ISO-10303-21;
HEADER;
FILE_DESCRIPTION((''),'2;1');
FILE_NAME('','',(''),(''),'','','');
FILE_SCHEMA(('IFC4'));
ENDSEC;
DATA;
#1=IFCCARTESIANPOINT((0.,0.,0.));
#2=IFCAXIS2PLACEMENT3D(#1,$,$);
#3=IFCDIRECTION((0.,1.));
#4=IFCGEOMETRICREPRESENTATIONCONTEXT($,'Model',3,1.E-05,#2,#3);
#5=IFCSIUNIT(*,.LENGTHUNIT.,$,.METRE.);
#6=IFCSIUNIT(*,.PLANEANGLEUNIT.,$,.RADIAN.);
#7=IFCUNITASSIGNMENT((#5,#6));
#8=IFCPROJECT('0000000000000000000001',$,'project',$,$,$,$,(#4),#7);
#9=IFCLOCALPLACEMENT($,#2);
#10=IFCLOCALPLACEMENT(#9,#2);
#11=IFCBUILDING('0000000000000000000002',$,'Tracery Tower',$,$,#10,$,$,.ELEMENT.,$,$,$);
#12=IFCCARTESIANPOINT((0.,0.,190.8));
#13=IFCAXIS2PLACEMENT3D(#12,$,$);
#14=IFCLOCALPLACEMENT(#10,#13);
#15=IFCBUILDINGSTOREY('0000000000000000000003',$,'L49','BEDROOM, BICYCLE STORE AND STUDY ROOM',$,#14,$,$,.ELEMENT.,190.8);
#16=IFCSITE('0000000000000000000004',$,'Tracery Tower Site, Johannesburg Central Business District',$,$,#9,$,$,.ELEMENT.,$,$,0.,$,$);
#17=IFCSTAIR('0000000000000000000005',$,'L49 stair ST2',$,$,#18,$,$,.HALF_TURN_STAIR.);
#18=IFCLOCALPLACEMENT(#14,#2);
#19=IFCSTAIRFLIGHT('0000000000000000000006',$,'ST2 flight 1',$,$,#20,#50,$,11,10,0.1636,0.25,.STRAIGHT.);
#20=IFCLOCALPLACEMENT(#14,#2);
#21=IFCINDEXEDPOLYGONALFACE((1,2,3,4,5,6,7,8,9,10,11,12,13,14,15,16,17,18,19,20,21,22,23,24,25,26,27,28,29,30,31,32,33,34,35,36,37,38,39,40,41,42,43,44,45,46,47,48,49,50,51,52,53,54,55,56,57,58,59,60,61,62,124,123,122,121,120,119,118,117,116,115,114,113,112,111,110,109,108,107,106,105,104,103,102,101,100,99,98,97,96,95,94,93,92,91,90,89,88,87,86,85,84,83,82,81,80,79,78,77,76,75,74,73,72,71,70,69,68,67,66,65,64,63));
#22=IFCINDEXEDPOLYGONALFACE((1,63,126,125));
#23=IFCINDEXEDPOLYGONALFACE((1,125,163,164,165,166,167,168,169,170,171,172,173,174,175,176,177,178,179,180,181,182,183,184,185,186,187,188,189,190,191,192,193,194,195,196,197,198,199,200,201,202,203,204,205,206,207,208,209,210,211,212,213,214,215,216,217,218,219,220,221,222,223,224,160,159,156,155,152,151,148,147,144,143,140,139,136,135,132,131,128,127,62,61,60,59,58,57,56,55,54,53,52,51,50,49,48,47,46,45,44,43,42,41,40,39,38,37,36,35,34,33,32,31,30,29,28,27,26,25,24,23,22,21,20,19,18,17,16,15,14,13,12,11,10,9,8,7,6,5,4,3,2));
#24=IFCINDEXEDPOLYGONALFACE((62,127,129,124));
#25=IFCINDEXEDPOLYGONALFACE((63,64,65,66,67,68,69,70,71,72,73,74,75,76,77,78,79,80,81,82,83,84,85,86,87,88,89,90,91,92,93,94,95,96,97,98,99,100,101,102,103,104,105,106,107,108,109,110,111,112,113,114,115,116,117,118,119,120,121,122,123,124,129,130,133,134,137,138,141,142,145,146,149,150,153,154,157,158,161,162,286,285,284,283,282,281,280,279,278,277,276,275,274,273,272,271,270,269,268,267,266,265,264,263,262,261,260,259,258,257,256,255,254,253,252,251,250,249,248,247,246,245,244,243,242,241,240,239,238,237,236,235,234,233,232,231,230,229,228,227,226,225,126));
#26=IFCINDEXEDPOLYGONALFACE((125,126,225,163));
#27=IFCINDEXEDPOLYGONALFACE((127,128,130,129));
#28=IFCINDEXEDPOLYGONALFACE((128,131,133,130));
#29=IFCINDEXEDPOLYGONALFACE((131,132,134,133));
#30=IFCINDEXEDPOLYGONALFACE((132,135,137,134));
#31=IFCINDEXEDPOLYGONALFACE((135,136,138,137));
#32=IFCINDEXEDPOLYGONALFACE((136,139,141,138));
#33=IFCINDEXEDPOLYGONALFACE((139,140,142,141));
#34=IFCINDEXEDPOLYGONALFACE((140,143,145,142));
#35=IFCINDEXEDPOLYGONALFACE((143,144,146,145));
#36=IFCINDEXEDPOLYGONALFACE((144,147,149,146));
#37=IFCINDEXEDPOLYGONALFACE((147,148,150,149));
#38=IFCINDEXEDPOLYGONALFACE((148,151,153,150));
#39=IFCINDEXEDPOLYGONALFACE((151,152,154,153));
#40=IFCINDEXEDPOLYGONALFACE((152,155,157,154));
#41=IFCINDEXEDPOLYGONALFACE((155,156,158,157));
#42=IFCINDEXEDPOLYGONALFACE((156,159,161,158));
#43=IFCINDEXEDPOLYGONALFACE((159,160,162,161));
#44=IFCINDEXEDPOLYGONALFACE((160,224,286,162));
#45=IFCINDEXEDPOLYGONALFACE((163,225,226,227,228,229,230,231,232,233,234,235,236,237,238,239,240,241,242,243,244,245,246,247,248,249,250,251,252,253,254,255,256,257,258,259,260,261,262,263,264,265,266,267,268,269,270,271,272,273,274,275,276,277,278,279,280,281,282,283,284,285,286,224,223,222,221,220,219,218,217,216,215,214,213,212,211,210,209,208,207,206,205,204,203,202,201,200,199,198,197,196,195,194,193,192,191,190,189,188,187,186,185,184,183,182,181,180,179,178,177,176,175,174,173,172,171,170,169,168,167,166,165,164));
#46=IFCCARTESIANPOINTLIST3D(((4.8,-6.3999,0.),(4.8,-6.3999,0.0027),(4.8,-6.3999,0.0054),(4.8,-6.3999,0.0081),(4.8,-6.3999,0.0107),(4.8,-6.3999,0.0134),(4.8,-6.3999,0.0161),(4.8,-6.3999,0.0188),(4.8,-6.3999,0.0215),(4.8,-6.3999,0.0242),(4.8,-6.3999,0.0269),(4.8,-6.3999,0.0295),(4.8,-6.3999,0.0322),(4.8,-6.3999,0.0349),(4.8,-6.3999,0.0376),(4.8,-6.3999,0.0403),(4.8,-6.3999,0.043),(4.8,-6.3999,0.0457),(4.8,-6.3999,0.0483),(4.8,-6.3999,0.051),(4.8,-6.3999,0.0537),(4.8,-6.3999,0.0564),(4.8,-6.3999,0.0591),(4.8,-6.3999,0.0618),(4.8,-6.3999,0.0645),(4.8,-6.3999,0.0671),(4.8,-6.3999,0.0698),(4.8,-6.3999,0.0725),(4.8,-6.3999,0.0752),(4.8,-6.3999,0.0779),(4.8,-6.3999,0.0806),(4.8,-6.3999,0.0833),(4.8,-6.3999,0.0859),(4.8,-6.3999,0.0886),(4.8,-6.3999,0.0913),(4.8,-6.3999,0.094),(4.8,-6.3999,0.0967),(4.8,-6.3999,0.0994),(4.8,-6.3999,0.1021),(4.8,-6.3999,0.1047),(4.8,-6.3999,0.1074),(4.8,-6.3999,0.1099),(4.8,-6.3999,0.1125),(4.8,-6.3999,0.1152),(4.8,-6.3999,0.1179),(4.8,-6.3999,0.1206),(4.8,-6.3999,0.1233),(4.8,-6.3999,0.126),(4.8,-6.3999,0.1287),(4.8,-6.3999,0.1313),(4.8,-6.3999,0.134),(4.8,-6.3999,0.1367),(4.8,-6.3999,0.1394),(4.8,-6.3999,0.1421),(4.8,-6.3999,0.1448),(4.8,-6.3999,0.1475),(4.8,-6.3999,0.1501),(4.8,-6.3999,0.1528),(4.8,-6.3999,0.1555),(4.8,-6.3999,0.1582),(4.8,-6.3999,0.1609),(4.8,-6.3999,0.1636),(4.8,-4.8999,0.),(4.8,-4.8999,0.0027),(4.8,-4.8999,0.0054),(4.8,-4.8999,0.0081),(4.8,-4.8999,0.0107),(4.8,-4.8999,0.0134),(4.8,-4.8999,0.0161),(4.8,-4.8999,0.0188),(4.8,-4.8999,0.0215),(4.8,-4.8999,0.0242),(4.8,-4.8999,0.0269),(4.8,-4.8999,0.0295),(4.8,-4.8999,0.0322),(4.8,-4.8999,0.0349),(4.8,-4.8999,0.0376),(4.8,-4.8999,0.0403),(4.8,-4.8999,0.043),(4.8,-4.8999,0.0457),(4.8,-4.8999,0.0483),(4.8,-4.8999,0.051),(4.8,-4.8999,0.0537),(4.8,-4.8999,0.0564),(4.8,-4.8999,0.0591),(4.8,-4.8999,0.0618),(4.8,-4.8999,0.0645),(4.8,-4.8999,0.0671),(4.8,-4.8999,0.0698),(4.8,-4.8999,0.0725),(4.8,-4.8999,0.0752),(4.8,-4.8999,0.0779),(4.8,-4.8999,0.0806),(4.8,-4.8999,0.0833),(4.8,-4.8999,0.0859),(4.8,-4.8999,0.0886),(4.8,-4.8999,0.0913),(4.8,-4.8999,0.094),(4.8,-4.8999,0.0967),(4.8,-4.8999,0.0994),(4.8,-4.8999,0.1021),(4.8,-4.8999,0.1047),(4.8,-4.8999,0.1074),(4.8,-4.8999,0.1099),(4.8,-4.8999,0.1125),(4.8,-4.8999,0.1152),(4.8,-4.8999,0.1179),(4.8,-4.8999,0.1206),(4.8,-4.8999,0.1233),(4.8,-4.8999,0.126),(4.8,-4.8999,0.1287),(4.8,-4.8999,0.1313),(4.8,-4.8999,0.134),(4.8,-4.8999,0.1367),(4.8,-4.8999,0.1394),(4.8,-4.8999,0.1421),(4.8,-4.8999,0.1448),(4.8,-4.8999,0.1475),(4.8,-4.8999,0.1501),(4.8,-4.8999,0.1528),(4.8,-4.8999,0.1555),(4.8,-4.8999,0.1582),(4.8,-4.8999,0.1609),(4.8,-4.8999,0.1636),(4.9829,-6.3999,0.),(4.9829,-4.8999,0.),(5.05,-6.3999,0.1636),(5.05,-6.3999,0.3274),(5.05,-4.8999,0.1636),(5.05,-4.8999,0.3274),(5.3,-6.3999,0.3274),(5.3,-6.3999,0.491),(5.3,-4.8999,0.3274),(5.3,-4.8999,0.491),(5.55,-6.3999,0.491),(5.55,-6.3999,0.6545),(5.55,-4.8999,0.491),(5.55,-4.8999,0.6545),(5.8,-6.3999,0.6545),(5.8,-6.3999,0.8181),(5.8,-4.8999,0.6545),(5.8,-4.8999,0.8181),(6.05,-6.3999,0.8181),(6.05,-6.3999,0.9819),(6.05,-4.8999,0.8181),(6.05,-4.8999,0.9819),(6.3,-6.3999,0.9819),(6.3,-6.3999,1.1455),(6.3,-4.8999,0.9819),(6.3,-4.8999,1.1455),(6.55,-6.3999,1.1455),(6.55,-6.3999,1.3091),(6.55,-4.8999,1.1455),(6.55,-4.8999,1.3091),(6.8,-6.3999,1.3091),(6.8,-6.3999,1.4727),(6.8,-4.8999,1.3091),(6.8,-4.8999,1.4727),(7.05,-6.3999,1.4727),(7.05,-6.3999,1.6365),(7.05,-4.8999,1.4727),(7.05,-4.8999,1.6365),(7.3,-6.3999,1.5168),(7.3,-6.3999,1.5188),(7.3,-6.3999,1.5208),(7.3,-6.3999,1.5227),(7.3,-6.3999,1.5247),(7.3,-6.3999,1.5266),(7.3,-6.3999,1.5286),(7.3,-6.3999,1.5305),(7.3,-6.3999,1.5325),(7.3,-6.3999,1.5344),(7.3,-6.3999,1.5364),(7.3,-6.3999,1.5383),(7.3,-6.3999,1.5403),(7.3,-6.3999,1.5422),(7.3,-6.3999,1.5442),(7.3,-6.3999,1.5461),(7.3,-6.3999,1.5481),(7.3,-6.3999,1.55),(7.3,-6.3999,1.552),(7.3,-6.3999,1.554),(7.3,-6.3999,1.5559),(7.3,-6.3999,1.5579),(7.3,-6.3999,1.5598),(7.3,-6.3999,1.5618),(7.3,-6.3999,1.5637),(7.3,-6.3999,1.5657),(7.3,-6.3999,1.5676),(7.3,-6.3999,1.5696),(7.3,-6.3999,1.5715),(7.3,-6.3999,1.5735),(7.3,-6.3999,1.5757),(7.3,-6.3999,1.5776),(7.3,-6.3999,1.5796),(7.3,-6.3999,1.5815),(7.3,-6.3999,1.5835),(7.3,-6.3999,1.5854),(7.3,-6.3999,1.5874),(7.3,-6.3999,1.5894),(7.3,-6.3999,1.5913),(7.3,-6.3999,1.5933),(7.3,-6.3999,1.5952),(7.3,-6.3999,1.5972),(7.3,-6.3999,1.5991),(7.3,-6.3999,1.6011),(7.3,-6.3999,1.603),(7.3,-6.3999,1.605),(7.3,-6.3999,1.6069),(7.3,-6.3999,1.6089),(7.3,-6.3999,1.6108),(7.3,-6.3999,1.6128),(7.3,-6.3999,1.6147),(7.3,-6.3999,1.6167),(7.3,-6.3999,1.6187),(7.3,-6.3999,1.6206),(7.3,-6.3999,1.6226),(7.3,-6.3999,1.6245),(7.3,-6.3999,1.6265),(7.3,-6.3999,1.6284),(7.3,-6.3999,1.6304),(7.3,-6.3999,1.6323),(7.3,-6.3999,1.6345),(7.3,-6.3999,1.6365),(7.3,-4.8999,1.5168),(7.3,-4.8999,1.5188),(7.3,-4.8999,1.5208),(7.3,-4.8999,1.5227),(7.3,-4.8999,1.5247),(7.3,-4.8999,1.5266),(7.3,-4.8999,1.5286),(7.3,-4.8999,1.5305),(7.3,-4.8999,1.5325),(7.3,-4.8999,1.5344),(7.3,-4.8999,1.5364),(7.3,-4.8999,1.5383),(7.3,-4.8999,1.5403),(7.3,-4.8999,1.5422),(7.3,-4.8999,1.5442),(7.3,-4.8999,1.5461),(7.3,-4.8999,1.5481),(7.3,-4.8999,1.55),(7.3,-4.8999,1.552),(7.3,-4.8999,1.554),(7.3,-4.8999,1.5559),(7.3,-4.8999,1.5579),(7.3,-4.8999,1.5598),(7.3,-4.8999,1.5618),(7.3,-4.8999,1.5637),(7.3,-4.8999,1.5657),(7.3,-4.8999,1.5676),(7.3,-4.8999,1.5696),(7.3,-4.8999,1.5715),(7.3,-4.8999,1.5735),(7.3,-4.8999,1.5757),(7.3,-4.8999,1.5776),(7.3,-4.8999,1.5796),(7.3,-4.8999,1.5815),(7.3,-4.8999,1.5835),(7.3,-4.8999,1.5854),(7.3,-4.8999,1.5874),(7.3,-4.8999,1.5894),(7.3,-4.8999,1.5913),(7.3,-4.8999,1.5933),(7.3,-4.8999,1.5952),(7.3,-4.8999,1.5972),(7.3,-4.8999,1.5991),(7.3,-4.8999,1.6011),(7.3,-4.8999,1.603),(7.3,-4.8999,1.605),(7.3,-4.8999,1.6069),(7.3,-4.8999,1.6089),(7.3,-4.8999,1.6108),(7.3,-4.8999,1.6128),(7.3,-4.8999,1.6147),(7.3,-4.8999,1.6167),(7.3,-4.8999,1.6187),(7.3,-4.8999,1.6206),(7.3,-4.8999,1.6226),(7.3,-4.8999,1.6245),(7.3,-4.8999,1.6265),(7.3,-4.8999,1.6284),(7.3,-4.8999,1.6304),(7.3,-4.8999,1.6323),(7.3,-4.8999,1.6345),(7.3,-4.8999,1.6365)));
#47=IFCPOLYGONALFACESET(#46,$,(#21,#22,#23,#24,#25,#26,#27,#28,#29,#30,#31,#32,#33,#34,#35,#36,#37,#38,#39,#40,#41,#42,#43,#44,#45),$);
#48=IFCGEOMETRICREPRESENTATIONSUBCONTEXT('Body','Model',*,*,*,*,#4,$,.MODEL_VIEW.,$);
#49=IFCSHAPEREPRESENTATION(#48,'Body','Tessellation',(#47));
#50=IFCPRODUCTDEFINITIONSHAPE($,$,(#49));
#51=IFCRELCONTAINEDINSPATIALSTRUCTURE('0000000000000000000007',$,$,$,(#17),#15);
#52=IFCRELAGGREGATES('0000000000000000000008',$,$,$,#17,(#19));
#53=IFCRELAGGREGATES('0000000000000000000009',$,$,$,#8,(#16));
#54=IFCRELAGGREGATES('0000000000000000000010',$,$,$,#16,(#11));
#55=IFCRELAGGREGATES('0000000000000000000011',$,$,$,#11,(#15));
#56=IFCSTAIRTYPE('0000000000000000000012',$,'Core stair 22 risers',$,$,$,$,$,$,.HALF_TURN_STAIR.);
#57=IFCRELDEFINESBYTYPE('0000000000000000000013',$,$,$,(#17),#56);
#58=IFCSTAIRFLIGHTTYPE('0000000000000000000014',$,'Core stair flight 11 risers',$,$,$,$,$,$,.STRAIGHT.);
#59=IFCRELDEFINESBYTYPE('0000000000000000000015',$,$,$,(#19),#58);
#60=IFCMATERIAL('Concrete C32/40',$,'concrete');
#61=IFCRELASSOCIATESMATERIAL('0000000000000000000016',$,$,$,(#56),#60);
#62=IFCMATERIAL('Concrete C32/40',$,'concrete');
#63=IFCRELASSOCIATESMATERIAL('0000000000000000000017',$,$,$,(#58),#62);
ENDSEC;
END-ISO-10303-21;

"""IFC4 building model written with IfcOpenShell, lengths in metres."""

from ifc_helpers import new_model, si_unit, direction, frame, origin, place, context, subcontext, project, spatial, polyline, outline, extrude, material, type_object, element, aggregate, save


model = new_model("IFC4")

# Units and contexts
model_context = context("Model", 3, precision=1e-05, world=origin(), true_north=direction((0.0, 1.0)))
body_context = subcontext(model_context, "Body", "Model", "MODEL_VIEW")
ifc_project = project(units=[si_unit("LENGTHUNIT", "METRE"), si_unit("PLANEANGLEUNIT", "RADIAN")], contexts=[model_context])

# Site, building, storey
site_placement = place(None, origin())
site = spatial("IfcSite", under=ifc_project, at=site_placement, Name="Tracery Tower Site, Johannesburg Central Business District", CompositionType="ELEMENT", RefElevation=0.0)
building_placement = place(site_placement, origin())
building = spatial("IfcBuilding", under=site, at=building_placement, Name="Tracery Tower", CompositionType="ELEMENT")
storey_placement = place(building_placement, frame((0.0, 0.0, 190.8)))
storey = spatial("IfcBuildingStorey", under=building, at=storey_placement, Name="L49", Description="BEDROOM, BICYCLE STORE AND STUDY ROOM", CompositionType="ELEMENT", Elevation=190.8)

# Stair, stair flight
ifc_material_1 = material(Name="Concrete C32/40", Category="concrete")
stair_type = type_object("IfcStairType", Name="Core stair 22 risers", PredefinedType="HALF_TURN_STAIR", material=ifc_material_1)
stair_placement = place(storey_placement, origin())
stair = element("IfcStair", 1, at=stair_placement, inside=storey, type_object=stair_type, Name="L49 stair ST2", PredefinedType="HALF_TURN_STAIR")
ifc_material_2 = material(Name="Concrete C32/40", Category="concrete")
stair_flight_type = type_object("IfcStairFlightType", Name="Core stair flight 11 risers", PredefinedType="STRAIGHT", material=ifc_material_2)
stair_flight_1_placement = place(storey_placement, frame((4.8, -5.6499, 0.0), z_axis=(0.0, 0.0, 1.0), x_axis=(1.0, 0.0, 0.0)))
stair_flight_1 = element("IfcStairFlight", 2, at=stair_flight_1_placement, type_object=stair_flight_type, Name="ST2 flight 1", NumberOfRisers=11, NumberOfTreads=10, PredefinedType="STRAIGHT", RiserHeight=0.1636, TreadLength=0.25, context=body_context, shape_type="SweptSolid", body=[
    extrude(outline(polyline([(0.0, 0.0), (0.0, 0.0027), (0.0, 0.0054), (0.0, 0.0081), (0.0, 0.0107), (0.0, 0.0134), (0.0, 0.0161), (0.0, 0.0188), (0.0, 0.0215), (0.0, 0.0242), (0.0, 0.0269), (0.0, 0.0295), (0.0, 0.0322), (0.0, 0.0349), (0.0, 0.0376), (0.0, 0.0403), (0.0, 0.043), (0.0, 0.0457), (0.0, 0.0483), (0.0, 0.051), (0.0, 0.0537), (0.0, 0.0564), (0.0, 0.0591), (0.0, 0.0618), (0.0, 0.0645), (0.0, 0.0671), (0.0, 0.0698), (0.0, 0.0725), (0.0, 0.0752), (0.0, 0.0779), (0.0, 0.0806), (0.0, 0.0833), (0.0, 0.0859), (0.0, 0.0886), (0.0, 0.0913), (0.0, 0.094), (0.0, 0.0967), (0.0, 0.0994), (0.0, 0.1021), (0.0, 0.1047), (0.0, 0.1074), (0.0, 0.1099), (0.0, 0.1125), (0.0, 0.1152), (0.0, 0.1179), (0.0, 0.1206), (0.0, 0.1233), (0.0, 0.126), (0.0, 0.1287), (0.0, 0.1313), (0.0, 0.134), (0.0, 0.1367), (0.0, 0.1394), (0.0, 0.1421), (0.0, 0.1448), (0.0, 0.1475), (0.0, 0.1501), (0.0, 0.1528), (0.0, 0.1555), (0.0, 0.1582), (0.0, 0.1609), (0.0, 0.1636), (0.25, 0.1636), (0.25, 0.3274), (0.5, 0.3274), (0.5, 0.491), (0.75, 0.491), (0.75, 0.6545), (1.0, 0.6545), (1.0, 0.8181), (1.25, 0.8181), (1.25, 0.9819), (1.5, 0.9819), (1.5, 1.1455), (1.75, 1.1455), (1.75, 1.3091), (2.0, 1.3091), (2.0, 1.4727), (2.25, 1.4727), (2.25, 1.6365), (2.5, 1.6365), (2.5, 1.6345), (2.5, 1.6323), (2.5, 1.6304), (2.5, 1.6284), (2.5, 1.6265), (2.5, 1.6245), (2.5, 1.6226), (2.5, 1.6206), (2.5, 1.6187), (2.5, 1.6167), (2.5, 1.6147), (2.5, 1.6128), (2.5, 1.6108), (2.5, 1.6089), (2.5, 1.6069), (2.5, 1.605), (2.5, 1.603), (2.5, 1.6011), (2.5, 1.5991), (2.5, 1.5972), (2.5, 1.5952), (2.5, 1.5933), (2.5, 1.5913), (2.5, 1.5894), (2.5, 1.5874), (2.5, 1.5854), (2.5, 1.5835), (2.5, 1.5815), (2.5, 1.5796), (2.5, 1.5776), (2.5, 1.5757), (2.5, 1.5735), (2.5, 1.5715), (2.5, 1.5696), (2.5, 1.5676), (2.5, 1.5657), (2.5, 1.5637), (2.5, 1.5618), (2.5, 1.5598), (2.5, 1.5579), (2.5, 1.5559), (2.5, 1.554), (2.5, 1.552), (2.5, 1.55), (2.5, 1.5481), (2.5, 1.5461), (2.5, 1.5442), (2.5, 1.5422), (2.5, 1.5403), (2.5, 1.5383), (2.5, 1.5364), (2.5, 1.5344), (2.5, 1.5325), (2.5, 1.5305), (2.5, 1.5286), (2.5, 1.5266), (2.5, 1.5247), (2.5, 1.5227), (2.5, 1.5208), (2.5, 1.5188), (2.5, 1.5168), (0.1829, 0.0), (0.0, 0.0)])), frame((0.0, 0.75, 0.0), z_axis=(0.0, -1.0, 0.0), x_axis=(1.0, 0.0, 0.0)), (0.0, 0.0, 1.0), 1.5),
])
aggregate(stair, [stair_flight_1])

save(model, "model.ifc")
